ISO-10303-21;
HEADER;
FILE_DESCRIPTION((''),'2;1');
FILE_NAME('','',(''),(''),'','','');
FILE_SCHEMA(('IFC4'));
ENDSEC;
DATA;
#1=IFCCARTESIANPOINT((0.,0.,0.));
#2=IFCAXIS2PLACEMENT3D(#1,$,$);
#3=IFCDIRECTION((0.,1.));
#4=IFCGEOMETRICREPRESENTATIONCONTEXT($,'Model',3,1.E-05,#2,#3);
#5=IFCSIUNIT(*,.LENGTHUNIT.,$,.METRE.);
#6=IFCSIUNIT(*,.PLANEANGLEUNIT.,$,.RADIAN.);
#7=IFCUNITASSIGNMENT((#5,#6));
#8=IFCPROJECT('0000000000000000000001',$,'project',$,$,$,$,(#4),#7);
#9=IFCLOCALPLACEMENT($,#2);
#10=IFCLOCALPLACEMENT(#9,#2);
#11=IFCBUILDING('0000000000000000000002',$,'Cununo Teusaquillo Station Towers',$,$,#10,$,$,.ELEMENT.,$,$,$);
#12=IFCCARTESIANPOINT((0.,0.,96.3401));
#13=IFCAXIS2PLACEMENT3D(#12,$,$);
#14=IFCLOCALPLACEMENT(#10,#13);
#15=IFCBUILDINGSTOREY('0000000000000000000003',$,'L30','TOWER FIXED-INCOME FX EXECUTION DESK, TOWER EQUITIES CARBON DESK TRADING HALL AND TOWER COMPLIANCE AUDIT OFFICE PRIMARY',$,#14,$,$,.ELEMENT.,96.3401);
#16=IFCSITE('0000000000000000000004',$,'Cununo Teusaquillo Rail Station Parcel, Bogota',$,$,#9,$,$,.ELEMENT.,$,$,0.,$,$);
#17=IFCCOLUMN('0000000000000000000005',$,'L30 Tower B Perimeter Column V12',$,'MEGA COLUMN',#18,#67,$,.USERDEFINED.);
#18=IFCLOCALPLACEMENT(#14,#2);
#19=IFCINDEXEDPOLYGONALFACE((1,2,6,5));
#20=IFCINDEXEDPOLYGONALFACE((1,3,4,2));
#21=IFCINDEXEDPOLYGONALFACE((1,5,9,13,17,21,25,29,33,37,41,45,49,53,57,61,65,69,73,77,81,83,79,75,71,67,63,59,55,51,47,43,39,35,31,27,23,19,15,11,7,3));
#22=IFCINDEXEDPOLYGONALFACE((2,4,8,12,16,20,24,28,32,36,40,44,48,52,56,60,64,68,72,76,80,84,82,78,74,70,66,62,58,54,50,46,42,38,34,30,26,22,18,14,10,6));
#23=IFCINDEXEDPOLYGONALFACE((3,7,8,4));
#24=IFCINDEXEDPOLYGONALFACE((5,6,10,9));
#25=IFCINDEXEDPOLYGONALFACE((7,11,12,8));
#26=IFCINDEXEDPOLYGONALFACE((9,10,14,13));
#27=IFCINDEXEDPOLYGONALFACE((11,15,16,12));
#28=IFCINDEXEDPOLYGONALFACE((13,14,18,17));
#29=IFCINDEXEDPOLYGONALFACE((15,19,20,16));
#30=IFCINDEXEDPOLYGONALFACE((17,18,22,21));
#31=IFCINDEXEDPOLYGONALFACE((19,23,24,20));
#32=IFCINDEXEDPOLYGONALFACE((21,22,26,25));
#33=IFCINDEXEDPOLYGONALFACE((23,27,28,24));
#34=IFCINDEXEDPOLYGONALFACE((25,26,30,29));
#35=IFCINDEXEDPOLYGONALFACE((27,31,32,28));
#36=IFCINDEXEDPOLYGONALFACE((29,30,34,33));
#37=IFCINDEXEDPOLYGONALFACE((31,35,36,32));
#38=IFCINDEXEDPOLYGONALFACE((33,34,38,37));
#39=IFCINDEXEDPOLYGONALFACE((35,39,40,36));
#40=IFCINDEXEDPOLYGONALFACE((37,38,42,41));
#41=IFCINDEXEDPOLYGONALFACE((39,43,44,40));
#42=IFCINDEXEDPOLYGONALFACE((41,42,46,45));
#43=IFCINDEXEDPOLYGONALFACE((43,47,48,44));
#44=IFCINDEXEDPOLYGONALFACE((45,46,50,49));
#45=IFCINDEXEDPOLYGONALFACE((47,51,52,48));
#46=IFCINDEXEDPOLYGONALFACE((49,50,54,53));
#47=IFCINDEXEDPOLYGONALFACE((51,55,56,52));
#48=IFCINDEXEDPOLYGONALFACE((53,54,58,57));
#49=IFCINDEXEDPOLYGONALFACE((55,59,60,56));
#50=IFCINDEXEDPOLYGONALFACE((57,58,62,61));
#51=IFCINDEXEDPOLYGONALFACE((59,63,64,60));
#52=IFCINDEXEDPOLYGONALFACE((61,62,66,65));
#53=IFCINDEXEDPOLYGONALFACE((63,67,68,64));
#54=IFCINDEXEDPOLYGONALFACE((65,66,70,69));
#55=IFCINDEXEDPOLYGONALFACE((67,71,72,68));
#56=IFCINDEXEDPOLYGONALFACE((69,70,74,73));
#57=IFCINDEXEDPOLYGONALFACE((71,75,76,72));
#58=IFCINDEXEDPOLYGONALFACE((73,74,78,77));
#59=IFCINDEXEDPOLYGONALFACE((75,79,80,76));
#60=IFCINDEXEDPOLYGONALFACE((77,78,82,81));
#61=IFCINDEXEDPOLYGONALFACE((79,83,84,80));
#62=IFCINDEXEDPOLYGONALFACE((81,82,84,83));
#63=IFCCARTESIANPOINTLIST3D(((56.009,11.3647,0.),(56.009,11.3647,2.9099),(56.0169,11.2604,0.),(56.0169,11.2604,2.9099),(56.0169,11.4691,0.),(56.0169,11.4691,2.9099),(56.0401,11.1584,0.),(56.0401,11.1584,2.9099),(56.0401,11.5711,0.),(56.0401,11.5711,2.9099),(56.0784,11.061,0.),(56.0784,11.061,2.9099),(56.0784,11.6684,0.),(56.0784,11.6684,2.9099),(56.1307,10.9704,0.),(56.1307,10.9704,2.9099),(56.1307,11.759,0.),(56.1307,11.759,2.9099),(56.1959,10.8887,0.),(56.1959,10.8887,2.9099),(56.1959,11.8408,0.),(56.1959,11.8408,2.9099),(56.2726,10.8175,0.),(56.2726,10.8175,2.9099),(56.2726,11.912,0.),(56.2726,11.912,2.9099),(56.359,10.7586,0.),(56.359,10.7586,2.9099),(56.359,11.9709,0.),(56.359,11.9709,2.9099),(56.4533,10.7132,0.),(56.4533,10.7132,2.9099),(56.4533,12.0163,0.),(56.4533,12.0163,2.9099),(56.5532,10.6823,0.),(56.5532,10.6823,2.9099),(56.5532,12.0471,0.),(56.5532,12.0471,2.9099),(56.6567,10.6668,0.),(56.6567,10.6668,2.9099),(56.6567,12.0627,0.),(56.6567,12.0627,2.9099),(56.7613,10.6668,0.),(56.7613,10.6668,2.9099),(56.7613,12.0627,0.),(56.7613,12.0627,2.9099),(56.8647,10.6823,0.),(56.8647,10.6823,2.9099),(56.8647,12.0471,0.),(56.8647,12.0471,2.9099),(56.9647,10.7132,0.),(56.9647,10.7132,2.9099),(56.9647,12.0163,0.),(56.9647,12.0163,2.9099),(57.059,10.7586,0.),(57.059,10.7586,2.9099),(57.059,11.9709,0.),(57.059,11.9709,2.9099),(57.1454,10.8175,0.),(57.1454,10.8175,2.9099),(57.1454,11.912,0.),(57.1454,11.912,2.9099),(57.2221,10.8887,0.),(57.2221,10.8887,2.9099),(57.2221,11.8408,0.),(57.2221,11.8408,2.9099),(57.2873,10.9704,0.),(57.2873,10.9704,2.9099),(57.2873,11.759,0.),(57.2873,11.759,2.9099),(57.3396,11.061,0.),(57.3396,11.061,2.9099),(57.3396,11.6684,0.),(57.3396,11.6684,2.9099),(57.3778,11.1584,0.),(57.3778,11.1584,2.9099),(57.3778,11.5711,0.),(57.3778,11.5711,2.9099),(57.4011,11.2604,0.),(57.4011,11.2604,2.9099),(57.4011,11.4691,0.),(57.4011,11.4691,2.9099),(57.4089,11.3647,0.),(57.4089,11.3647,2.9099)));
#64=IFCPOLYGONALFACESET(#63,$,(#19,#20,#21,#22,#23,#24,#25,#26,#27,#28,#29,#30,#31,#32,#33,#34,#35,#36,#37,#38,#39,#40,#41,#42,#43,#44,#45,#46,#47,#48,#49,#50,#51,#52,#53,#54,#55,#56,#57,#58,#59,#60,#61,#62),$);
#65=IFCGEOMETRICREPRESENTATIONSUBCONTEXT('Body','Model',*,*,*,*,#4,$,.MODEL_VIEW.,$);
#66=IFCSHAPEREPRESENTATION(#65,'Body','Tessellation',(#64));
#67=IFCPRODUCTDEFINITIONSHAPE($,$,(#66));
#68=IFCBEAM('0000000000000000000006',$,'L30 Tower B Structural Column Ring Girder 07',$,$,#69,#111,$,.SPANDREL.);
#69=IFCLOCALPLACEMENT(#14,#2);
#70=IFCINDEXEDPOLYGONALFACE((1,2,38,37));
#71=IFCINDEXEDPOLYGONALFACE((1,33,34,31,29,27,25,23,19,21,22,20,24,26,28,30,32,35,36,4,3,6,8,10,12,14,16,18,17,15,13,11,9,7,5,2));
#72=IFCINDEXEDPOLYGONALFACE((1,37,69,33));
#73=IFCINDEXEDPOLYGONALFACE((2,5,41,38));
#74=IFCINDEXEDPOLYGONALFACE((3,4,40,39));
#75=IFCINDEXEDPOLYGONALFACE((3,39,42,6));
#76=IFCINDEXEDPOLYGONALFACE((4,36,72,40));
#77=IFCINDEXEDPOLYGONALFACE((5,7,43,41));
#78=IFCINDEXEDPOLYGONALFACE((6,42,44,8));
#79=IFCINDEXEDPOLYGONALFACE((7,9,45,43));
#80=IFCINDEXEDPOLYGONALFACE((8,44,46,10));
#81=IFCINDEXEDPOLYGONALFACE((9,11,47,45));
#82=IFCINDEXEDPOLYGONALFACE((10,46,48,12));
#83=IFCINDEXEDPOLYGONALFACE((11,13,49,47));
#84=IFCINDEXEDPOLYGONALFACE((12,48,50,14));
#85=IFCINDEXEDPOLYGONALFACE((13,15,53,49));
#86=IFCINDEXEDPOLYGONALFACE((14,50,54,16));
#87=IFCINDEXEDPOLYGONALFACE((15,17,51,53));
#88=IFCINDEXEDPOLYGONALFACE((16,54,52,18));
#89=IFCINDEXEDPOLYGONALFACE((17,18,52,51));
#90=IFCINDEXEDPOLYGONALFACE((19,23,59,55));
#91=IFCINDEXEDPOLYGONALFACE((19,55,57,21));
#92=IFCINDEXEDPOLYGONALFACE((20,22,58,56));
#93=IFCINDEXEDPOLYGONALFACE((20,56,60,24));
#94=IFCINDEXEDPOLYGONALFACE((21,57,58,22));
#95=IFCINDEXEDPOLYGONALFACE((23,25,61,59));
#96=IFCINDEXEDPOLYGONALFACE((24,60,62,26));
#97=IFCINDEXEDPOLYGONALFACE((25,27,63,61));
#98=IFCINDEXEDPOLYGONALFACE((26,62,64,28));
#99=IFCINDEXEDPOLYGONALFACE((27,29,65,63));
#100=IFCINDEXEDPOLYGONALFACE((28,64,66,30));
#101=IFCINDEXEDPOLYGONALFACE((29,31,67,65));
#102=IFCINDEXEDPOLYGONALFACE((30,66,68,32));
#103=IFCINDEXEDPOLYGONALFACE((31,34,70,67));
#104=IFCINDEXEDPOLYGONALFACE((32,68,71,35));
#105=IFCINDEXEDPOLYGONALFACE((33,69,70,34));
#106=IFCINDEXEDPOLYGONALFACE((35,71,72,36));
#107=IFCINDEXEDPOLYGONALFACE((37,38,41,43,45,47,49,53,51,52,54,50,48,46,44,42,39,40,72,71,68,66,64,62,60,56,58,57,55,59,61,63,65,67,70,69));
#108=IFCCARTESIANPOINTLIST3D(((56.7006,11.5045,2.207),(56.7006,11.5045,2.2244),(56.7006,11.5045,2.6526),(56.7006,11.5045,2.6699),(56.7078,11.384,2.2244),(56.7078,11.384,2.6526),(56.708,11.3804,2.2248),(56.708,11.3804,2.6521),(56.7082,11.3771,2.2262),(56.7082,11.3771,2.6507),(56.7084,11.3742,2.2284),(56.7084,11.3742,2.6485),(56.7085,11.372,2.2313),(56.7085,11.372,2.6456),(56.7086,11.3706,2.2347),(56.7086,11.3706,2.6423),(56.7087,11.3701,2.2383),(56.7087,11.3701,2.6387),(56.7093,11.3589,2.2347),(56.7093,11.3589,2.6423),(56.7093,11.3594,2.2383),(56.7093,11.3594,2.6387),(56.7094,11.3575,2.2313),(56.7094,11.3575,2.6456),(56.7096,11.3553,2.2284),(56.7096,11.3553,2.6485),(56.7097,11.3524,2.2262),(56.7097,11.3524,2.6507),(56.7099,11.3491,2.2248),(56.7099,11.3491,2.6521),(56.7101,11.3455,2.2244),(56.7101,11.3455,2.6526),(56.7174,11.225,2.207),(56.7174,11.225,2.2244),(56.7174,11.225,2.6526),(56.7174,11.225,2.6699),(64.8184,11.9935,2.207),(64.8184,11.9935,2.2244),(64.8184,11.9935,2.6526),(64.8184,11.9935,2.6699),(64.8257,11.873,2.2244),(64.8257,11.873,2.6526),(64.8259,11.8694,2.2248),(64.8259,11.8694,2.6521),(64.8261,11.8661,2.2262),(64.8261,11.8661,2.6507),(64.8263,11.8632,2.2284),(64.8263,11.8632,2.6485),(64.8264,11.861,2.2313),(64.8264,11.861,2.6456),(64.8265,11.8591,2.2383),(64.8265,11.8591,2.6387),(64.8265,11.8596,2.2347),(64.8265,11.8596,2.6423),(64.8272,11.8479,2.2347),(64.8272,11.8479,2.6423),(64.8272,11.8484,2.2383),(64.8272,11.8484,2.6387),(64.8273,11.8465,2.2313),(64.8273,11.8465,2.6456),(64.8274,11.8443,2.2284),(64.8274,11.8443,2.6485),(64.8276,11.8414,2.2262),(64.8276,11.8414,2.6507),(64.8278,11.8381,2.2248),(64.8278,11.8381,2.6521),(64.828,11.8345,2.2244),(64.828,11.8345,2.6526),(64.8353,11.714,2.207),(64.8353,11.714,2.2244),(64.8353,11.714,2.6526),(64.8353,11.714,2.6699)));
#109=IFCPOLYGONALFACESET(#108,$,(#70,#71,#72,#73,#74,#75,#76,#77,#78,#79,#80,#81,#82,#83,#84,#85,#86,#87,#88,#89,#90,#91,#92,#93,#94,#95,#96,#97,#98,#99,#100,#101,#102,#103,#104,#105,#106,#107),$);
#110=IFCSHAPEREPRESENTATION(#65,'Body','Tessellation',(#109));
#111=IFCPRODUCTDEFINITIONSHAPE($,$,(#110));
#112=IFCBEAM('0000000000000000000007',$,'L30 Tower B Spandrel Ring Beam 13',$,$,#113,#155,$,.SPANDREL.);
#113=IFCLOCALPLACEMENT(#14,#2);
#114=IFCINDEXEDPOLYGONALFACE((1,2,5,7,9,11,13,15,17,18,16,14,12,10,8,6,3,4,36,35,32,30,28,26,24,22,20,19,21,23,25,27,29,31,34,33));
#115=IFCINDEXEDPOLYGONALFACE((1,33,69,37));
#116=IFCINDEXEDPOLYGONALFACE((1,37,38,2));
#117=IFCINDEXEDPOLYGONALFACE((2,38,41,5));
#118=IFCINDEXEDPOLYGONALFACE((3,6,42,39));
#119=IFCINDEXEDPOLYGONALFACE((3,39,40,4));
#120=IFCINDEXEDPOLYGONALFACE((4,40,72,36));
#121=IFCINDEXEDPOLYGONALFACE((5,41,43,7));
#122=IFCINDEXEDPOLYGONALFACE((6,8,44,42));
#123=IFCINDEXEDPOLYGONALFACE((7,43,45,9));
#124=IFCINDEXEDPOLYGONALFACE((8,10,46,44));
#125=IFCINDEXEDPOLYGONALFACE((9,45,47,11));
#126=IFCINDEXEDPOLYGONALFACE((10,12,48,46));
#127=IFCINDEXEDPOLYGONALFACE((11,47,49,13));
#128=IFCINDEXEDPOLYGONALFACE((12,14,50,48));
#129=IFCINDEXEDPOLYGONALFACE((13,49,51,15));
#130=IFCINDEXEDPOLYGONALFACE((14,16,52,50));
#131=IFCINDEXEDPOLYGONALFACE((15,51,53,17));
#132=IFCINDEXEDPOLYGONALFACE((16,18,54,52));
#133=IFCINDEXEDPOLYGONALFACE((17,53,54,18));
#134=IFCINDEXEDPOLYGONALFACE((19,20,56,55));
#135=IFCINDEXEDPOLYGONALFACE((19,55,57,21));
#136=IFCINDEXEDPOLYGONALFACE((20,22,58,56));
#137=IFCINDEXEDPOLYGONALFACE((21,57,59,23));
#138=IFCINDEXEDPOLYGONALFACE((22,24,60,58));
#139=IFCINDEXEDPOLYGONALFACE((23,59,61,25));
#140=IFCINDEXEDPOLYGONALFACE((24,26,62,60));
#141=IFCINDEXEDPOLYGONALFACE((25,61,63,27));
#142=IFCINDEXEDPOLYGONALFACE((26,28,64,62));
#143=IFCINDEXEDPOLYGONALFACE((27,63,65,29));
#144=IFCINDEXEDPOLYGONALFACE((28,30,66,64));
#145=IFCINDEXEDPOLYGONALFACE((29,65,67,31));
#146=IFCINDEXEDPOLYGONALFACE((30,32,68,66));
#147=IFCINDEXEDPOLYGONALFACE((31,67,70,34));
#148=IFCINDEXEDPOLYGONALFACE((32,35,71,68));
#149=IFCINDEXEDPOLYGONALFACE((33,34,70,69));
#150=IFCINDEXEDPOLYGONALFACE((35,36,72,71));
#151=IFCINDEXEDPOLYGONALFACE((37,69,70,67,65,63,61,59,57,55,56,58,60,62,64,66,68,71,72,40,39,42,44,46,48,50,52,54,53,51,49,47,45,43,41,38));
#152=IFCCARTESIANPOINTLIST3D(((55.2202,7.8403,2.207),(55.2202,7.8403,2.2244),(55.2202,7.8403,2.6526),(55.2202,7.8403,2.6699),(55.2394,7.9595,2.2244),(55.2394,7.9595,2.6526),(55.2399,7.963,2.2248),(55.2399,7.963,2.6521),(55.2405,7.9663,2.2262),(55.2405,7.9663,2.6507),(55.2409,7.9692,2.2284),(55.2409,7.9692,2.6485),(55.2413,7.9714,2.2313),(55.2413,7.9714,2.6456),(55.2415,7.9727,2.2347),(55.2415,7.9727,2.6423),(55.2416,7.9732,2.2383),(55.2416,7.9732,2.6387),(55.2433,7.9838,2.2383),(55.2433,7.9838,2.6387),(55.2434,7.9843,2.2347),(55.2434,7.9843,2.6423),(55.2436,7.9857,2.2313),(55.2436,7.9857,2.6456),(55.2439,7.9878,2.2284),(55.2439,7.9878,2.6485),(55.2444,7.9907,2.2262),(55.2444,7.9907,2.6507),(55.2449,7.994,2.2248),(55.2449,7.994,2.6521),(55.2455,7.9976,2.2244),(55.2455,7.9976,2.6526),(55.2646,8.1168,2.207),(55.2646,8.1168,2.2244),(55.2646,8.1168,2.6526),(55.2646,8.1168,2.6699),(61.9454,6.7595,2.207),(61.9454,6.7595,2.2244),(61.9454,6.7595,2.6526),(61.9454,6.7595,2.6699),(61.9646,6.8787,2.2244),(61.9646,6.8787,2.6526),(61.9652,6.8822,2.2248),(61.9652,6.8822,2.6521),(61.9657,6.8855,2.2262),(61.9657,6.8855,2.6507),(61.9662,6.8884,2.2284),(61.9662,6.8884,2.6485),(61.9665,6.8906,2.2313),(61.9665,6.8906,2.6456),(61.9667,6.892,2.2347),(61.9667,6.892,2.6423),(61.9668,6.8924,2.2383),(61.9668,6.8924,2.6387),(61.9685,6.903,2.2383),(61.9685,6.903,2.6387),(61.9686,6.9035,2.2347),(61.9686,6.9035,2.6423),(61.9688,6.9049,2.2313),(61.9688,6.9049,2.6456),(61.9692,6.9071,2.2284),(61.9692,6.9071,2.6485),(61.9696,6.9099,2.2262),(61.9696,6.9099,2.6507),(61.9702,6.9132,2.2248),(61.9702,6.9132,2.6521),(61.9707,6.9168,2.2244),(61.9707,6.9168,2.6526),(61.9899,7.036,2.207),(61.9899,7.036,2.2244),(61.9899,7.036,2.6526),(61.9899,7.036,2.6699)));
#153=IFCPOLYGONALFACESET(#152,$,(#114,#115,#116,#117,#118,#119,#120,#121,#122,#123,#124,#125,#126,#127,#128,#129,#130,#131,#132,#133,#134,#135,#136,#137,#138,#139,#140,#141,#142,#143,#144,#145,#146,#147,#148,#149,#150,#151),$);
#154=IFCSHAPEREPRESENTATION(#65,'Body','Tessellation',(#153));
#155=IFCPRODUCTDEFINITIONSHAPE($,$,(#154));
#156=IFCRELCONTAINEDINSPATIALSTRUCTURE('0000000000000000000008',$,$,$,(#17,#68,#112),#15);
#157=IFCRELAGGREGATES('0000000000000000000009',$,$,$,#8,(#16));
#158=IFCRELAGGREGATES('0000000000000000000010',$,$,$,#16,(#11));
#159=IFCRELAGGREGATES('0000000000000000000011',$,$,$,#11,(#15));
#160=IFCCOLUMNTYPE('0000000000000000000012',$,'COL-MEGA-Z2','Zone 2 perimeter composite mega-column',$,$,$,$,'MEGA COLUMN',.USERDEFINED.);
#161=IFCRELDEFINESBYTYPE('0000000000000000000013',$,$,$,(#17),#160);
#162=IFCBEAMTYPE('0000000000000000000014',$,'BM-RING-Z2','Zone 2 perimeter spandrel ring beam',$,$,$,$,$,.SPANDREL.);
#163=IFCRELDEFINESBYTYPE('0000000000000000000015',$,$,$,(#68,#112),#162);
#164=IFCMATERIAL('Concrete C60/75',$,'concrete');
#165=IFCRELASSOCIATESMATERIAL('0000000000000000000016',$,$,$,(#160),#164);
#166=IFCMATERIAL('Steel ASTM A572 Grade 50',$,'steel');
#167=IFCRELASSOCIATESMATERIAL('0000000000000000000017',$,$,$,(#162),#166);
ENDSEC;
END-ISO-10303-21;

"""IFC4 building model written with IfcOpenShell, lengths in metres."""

from ifc_helpers import new_model, si_unit, direction, frame, origin, origin_2d, place, context, subcontext, project, spatial, circle, i_section, extrude, material, material_profile, profile_set, type_object, element, save


model = new_model("IFC4")

# Units and contexts
model_context = context("Model", 3, precision=1e-05, world=origin(), true_north=direction((0.0, 1.0)))
body_context = subcontext(model_context, "Body", "Model", "MODEL_VIEW")
ifc_project = project(units=[si_unit("LENGTHUNIT", "METRE"), si_unit("PLANEANGLEUNIT", "RADIAN")], contexts=[model_context])

# Site, building, storey
site_placement = place(None, origin())
site = spatial("IfcSite", under=ifc_project, at=site_placement, Name="Cununo Teusaquillo Rail Station Parcel, Bogota", CompositionType="ELEMENT", RefElevation=0.0)
building_placement = place(site_placement, origin())
building = spatial("IfcBuilding", under=site, at=building_placement, Name="Cununo Teusaquillo Station Towers", CompositionType="ELEMENT")
storey_placement = place(building_placement, frame((0.0, 0.0, 96.3401)))
storey = spatial("IfcBuildingStorey", under=building, at=storey_placement, Name="L30", Description="TOWER FIXED-INCOME FX EXECUTION DESK, TOWER EQUITIES CARBON DESK TRADING HALL AND TOWER COMPLIANCE AUDIT OFFICE PRIMARY", CompositionType="ELEMENT", Elevation=96.3401)

# Column
ifc_material_1 = material(Name="Concrete C60/75", Category="concrete")
ifc_material_profile_1 = material_profile(ifc_material_1, circle(Radius=0.7, at=origin_2d()), Name="RC-CIRC-1400")
ifc_profile_set_1 = profile_set([ifc_material_profile_1], Name="Concrete C60/75")
column_type = type_object("IfcColumnType", Name="COL-MEGA-Z2", Description="Zone 2 perimeter composite mega-column", ElementType="MEGA COLUMN", PredefinedType="USERDEFINED", material=ifc_profile_set_1)
column_placement = place(storey_placement, frame((56.709, 11.3647, 0.0), z_axis=(0.0, 0.0, 1.0), x_axis=(1.0, 0.0, 0.0)))
element("IfcColumn", 1, at=column_placement, inside=storey, type_object=column_type, Name="L30 Tower B Perimeter Column V12", ObjectType="MEGA COLUMN", PredefinedType="USERDEFINED", context=body_context, shape_type="SweptSolid", body=[
    extrude(circle(Radius=0.7, at=origin_2d()), origin(), (0.0, 0.0, 1.0), 2.9099),
])

# Beams
ifc_material_2 = material(Name="Steel ASTM A572 Grade 50", Category="steel")
ifc_material_profile_2 = material_profile(ifc_material_2, i_section(OverallWidth=0.28, OverallDepth=0.4629, WebThickness=0.0107, FlangeThickness=0.0173, FilletRadius=0.0139, at=origin_2d()), Name="W18X76")
ifc_profile_set_2 = profile_set([ifc_material_profile_2], Name="Steel ASTM A572 Grade 50")
beam_type = type_object("IfcBeamType", Name="BM-RING-Z2", Description="Zone 2 perimeter spandrel ring beam", PredefinedType="SPANDREL", material=ifc_profile_set_2)
beam_1_placement = place(storey_placement, frame((56.709, 11.3647, 2.4385), z_axis=(0.998191, 0.06013, 0.0), x_axis=(-0.06013, 0.998191, 0.0)))
element("IfcBeam", 2, at=beam_1_placement, inside=storey, type_object=beam_type, Name="L30 Tower B Structural Column Ring Girder 07", PredefinedType="SPANDREL", context=body_context, shape_type="SweptSolid", body=[
    extrude(i_section(OverallWidth=0.28, OverallDepth=0.4629, WebThickness=0.0107, FlangeThickness=0.0173, FilletRadius=0.0139, at=origin_2d()), origin(), (0.0, 0.0, 1.0), 8.1326),
])
beam_2_placement = place(storey_placement, frame((55.2424, 7.9785, 2.4385), z_axis=(0.987331, -0.158671, 0.0), x_axis=(0.158671, 0.987331, 0.0)))
element("IfcBeam", 3, at=beam_2_placement, inside=storey, type_object=beam_type, Name="L30 Tower B Spandrel Ring Beam 13", PredefinedType="SPANDREL", context=body_context, shape_type="SweptSolid", body=[
    extrude(i_section(OverallWidth=0.28, OverallDepth=0.4629, WebThickness=0.0107, FlangeThickness=0.0173, FilletRadius=0.0139, at=origin_2d()), origin(), (0.0, 0.0, 1.0), 6.8115),
])

save(model, "model.ifc")
